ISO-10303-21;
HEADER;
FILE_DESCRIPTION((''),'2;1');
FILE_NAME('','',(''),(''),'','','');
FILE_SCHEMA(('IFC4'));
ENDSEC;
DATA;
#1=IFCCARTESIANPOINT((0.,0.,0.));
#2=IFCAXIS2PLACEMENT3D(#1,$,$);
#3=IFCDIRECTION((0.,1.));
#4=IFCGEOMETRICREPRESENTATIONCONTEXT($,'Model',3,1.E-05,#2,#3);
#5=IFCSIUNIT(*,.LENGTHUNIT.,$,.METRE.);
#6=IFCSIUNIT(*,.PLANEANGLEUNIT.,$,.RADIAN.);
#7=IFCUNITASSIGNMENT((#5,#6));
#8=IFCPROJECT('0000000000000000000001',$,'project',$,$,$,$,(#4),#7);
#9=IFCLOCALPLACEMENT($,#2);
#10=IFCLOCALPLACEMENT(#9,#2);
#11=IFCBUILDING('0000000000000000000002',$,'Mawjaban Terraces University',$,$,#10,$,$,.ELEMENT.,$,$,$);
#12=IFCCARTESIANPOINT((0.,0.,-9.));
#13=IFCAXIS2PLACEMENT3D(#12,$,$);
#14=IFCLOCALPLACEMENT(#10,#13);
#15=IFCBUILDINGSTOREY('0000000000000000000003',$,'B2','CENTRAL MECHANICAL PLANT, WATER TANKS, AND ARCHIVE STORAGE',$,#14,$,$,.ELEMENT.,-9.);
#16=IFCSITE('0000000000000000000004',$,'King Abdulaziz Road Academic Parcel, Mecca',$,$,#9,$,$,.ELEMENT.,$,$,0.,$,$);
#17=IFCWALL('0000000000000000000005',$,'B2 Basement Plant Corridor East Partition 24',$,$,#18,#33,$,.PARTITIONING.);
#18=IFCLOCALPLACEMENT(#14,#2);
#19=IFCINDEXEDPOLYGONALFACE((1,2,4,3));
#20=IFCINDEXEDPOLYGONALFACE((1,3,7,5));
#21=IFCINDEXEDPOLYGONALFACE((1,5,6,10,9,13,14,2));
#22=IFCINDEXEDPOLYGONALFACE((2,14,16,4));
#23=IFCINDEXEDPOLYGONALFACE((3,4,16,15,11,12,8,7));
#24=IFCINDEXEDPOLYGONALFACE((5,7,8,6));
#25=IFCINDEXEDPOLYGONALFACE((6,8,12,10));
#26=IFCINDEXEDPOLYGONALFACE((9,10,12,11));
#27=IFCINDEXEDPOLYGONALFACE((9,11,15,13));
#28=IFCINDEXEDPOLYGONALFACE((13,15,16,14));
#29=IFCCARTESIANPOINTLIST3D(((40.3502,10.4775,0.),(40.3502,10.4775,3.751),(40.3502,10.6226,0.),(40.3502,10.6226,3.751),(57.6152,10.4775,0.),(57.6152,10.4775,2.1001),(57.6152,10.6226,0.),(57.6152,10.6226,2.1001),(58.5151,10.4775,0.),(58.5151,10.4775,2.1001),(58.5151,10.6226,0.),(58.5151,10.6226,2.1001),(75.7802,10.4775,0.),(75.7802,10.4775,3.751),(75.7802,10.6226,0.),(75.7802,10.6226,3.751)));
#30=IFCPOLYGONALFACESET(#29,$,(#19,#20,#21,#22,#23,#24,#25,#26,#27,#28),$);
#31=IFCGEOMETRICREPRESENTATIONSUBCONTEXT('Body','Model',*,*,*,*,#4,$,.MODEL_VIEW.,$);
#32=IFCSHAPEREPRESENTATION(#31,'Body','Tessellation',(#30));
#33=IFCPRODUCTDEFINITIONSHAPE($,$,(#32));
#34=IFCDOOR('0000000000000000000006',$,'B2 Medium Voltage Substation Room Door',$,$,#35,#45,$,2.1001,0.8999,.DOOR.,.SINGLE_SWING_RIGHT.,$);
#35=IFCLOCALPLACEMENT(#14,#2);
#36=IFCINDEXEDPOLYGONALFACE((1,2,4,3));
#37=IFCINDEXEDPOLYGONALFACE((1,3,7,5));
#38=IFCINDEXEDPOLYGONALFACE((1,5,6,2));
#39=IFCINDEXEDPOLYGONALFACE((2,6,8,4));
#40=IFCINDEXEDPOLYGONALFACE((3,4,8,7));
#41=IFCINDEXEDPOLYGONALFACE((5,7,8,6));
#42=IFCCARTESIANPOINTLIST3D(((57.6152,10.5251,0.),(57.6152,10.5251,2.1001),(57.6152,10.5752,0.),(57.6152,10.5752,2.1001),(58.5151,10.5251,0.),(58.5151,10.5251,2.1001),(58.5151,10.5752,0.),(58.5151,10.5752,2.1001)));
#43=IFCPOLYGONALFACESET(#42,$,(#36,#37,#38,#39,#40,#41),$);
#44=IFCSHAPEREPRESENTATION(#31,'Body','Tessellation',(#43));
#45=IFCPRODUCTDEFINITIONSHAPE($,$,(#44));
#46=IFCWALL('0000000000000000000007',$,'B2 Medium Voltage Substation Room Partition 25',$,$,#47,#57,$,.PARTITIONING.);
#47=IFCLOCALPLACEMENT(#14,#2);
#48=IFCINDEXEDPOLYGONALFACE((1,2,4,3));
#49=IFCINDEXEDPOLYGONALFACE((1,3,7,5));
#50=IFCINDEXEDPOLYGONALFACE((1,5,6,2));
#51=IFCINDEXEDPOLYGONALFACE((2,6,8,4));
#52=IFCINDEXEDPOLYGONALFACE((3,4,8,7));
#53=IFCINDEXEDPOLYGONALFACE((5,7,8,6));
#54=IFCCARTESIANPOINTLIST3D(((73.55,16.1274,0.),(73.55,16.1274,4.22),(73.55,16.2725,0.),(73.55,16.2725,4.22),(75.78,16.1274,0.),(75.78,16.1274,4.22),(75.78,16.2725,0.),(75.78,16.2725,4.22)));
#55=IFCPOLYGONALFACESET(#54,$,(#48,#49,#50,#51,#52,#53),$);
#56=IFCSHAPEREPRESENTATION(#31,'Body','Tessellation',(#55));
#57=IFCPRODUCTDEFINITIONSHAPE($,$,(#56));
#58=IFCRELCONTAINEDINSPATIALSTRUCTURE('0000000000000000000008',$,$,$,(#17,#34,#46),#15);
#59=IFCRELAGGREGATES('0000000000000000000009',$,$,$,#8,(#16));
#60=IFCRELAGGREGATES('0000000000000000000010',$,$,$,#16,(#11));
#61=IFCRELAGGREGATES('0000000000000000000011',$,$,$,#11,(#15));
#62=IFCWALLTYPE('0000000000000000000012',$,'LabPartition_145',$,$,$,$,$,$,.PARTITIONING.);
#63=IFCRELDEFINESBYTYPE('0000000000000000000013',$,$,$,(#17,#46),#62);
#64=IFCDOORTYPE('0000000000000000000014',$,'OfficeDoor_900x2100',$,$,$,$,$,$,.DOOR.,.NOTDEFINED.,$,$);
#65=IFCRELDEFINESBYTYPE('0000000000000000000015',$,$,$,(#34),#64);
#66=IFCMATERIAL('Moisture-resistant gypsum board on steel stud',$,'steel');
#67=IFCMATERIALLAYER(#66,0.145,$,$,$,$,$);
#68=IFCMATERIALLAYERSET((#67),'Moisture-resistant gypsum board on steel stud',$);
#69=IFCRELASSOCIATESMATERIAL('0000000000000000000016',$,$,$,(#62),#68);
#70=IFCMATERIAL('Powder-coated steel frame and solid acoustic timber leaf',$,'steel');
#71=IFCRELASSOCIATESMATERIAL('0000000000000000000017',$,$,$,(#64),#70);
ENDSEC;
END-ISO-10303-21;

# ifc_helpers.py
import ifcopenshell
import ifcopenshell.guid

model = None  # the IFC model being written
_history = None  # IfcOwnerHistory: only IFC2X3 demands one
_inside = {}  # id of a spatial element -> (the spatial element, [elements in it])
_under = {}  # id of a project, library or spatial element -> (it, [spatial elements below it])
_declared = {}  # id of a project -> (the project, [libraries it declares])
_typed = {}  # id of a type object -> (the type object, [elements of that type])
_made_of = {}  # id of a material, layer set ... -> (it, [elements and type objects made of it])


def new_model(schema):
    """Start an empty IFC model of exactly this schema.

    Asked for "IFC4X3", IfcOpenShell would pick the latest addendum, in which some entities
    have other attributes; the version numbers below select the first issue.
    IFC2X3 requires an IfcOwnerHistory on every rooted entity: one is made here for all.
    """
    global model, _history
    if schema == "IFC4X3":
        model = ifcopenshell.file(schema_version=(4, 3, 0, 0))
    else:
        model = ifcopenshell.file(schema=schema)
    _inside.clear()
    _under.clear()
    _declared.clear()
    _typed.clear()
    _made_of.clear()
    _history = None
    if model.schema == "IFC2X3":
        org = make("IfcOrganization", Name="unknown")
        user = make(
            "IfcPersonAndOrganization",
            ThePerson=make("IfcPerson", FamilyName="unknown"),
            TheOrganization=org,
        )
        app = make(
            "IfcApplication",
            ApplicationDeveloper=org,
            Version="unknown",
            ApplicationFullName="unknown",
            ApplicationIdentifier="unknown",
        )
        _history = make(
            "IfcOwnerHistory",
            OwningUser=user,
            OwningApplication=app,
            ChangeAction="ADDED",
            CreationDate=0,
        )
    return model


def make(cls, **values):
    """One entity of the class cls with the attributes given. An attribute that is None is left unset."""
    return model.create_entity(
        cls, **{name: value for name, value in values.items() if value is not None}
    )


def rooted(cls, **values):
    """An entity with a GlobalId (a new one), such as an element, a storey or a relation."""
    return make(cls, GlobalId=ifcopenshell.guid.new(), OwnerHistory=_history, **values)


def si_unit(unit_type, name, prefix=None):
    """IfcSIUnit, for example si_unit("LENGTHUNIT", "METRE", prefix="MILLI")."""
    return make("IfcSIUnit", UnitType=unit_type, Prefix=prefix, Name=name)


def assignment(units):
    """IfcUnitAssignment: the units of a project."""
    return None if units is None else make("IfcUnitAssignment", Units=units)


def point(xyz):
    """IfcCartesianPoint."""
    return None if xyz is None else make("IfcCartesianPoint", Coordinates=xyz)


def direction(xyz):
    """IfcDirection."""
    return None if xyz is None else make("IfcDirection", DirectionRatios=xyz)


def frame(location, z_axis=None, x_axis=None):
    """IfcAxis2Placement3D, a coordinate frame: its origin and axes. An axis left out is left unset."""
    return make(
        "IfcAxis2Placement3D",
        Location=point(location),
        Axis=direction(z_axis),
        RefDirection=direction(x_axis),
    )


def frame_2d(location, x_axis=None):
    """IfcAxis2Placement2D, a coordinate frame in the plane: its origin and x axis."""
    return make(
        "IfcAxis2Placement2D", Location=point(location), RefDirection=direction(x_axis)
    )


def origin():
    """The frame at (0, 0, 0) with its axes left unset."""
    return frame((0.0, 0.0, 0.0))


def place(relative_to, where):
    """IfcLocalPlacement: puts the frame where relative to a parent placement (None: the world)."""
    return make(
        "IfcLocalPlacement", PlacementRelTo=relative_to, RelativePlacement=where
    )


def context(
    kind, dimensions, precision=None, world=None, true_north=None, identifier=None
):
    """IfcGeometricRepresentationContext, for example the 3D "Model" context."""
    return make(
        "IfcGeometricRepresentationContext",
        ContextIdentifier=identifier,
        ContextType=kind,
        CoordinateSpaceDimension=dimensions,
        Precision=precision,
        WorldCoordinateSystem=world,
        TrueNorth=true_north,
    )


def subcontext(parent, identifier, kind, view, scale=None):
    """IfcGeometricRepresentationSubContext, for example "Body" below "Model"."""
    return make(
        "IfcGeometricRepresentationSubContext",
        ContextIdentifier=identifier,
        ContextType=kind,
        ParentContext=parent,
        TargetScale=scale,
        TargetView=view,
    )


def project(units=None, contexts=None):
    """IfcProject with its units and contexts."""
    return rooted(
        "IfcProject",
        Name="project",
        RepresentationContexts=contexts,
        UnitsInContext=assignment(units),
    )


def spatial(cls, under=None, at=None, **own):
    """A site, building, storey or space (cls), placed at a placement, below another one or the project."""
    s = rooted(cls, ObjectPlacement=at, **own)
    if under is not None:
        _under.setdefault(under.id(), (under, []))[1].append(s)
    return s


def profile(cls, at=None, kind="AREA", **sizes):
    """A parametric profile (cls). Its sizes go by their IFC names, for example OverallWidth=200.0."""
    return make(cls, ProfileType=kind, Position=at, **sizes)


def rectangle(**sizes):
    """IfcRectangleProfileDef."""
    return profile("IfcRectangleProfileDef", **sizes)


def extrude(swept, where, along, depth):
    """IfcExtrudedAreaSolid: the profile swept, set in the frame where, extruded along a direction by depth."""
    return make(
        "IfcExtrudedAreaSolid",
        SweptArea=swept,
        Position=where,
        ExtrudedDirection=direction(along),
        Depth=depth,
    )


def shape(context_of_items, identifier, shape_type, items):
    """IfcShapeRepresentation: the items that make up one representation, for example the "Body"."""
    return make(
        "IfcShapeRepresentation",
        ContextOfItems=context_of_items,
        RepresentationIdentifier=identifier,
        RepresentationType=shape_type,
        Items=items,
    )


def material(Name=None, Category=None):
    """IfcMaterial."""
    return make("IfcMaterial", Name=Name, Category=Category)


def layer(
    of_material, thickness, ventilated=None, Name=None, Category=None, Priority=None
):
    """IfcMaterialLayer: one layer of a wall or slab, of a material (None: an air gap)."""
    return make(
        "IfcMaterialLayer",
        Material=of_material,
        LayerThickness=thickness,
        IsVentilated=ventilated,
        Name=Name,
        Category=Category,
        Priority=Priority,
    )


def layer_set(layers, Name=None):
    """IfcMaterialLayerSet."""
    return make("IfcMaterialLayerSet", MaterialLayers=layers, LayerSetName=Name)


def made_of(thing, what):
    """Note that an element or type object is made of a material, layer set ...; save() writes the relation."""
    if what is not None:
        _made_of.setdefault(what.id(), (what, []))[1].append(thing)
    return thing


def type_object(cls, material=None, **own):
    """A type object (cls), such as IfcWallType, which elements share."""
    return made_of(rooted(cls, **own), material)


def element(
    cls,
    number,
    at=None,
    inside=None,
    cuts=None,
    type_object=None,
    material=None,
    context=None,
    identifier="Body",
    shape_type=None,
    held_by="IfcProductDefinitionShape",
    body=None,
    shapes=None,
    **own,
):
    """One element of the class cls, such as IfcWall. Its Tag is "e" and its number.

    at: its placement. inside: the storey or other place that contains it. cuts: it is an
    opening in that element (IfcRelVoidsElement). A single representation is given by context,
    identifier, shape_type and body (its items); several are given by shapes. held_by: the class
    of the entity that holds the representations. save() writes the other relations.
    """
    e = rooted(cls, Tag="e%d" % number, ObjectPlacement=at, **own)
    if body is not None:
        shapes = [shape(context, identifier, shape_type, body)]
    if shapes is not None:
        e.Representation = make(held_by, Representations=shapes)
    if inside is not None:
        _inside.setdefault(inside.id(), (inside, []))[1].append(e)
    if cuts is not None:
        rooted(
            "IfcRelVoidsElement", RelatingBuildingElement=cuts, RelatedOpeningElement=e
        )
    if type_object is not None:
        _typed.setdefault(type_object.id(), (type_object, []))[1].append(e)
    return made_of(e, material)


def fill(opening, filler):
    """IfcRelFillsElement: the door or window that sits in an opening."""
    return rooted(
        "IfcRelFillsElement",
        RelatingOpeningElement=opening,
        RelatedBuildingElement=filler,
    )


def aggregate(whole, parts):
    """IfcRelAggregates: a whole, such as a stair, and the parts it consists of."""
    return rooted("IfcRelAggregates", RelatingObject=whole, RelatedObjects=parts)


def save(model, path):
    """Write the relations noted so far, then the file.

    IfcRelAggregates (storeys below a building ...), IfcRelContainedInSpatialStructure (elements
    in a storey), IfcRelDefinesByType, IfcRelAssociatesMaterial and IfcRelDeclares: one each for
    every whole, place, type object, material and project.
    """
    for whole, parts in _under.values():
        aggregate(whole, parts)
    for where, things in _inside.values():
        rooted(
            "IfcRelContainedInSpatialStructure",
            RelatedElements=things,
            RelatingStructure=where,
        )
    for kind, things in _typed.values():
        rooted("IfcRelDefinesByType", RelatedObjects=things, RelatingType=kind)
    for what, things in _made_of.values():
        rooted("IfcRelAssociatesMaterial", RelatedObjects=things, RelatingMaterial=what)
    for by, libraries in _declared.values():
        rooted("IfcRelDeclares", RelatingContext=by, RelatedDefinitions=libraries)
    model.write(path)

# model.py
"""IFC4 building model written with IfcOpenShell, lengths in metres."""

from ifc_helpers import new_model, si_unit, direction, frame, frame_2d, origin, place, context, subcontext, project, spatial, rectangle, extrude, material, layer, layer_set, type_object, element, fill, save


model = new_model("IFC4")

# Units and contexts
model_context = context("Model", 3, precision=1e-05, world=origin(), true_north=direction((0.0, 1.0)))
body_context = subcontext(model_context, "Body", "Model", "MODEL_VIEW")
ifc_project = project(units=[si_unit("LENGTHUNIT", "METRE"), si_unit("PLANEANGLEUNIT", "RADIAN")], contexts=[model_context])

# Site, building, storey
site_placement = place(None, origin())
site = spatial("IfcSite", under=ifc_project, at=site_placement, Name="King Abdulaziz Road Academic Parcel, Mecca", CompositionType="ELEMENT", RefElevation=0.0)
building_placement = place(site_placement, origin())
building = spatial("IfcBuilding", under=site, at=building_placement, Name="Mawjaban Terraces University", CompositionType="ELEMENT")
storey_placement = place(building_placement, frame((0.0, 0.0, -9.0)))
storey = spatial("IfcBuildingStorey", under=building, at=storey_placement, Name="B2", Description="CENTRAL MECHANICAL PLANT, WATER TANKS, AND ARCHIVE STORAGE", CompositionType="ELEMENT", Elevation=-9.0)

# Wall, opening, door
ifc_material_1 = material(Name="Moisture-resistant gypsum board on steel stud", Category="steel")
ifc_layer_1 = layer(ifc_material_1, 0.145)
ifc_layer_set_1 = layer_set([ifc_layer_1], Name="Moisture-resistant gypsum board on steel stud")
wall_type_1 = type_object("IfcWallType", Name="LabPartition_145", PredefinedType="PARTITIONING", material=ifc_layer_set_1)
wall_1_placement = place(storey_placement, frame((75.78, 10.55, 0.0), z_axis=(0.0, 0.0, 1.0), x_axis=(-1.0, 0.0, 0.0)))
wall_1 = element("IfcWall", 1, at=wall_1_placement, inside=storey, type_object=wall_type_1, Name="B2 Basement Plant Corridor East Partition 24", PredefinedType="PARTITIONING", context=body_context, shape_type="SweptSolid", body=[
    extrude(rectangle(XDim=35.4299, YDim=0.145, at=frame_2d((17.7148, 0.0))), origin(), (0.0, 0.0, 1.0), 3.751),
])
opening_placement = place(wall_1_placement, frame((17.2649, 0.0, 0.0)))
opening = element("IfcOpeningElement", 2, at=opening_placement, cuts=wall_1, PredefinedType="OPENING", context=body_context, shape_type="SweptSolid", body=[
    extrude(rectangle(XDim=0.8999, YDim=2.1001, at=frame_2d((0.45, 1.05))), frame((0.0, 0.0825, 0.0), z_axis=(0.0, -1.0, 0.0), x_axis=(1.0, 0.0, 0.0)), (0.0, 0.0, 1.0), 0.165),
])
ifc_material_2 = material(Name="Powder-coated steel frame and solid acoustic timber leaf", Category="steel")
door_type = type_object("IfcDoorType", Name="OfficeDoor_900x2100", OperationType="NOTDEFINED", PredefinedType="DOOR", material=ifc_material_2)
door_placement = place(opening_placement, origin())
door = element("IfcDoor", 3, at=door_placement, inside=storey, type_object=door_type, Name="B2 Medium Voltage Substation Room Door", OperationType="SINGLE_SWING_RIGHT", OverallHeight=2.1001, OverallWidth=0.8999, PredefinedType="DOOR", context=body_context, shape_type="SweptSolid", body=[
    extrude(rectangle(XDim=0.8999, YDim=2.1001, at=frame_2d((0.45, 1.05))), frame((0.0, 0.0249, 0.0), z_axis=(0.0, -1.0, 0.0), x_axis=(1.0, 0.0, 0.0)), (0.0, 0.0, 1.0), 0.05),
])
fill(opening, door)

# Wall
wall_2_placement = place(storey_placement, frame((75.78, 16.2, 0.0), z_axis=(0.0, 0.0, 1.0), x_axis=(-1.0, 0.0, 0.0)))
element("IfcWall", 4, at=wall_2_placement, inside=storey, type_object=wall_type_1, Name="B2 Medium Voltage Substation Room Partition 25", PredefinedType="PARTITIONING", context=body_context, shape_type="SweptSolid", body=[
    extrude(rectangle(XDim=2.23, YDim=0.145, at=frame_2d((1.115, 0.0))), origin(), (0.0, 0.0, 1.0), 4.22),
])

save(model, "model.ifc")
